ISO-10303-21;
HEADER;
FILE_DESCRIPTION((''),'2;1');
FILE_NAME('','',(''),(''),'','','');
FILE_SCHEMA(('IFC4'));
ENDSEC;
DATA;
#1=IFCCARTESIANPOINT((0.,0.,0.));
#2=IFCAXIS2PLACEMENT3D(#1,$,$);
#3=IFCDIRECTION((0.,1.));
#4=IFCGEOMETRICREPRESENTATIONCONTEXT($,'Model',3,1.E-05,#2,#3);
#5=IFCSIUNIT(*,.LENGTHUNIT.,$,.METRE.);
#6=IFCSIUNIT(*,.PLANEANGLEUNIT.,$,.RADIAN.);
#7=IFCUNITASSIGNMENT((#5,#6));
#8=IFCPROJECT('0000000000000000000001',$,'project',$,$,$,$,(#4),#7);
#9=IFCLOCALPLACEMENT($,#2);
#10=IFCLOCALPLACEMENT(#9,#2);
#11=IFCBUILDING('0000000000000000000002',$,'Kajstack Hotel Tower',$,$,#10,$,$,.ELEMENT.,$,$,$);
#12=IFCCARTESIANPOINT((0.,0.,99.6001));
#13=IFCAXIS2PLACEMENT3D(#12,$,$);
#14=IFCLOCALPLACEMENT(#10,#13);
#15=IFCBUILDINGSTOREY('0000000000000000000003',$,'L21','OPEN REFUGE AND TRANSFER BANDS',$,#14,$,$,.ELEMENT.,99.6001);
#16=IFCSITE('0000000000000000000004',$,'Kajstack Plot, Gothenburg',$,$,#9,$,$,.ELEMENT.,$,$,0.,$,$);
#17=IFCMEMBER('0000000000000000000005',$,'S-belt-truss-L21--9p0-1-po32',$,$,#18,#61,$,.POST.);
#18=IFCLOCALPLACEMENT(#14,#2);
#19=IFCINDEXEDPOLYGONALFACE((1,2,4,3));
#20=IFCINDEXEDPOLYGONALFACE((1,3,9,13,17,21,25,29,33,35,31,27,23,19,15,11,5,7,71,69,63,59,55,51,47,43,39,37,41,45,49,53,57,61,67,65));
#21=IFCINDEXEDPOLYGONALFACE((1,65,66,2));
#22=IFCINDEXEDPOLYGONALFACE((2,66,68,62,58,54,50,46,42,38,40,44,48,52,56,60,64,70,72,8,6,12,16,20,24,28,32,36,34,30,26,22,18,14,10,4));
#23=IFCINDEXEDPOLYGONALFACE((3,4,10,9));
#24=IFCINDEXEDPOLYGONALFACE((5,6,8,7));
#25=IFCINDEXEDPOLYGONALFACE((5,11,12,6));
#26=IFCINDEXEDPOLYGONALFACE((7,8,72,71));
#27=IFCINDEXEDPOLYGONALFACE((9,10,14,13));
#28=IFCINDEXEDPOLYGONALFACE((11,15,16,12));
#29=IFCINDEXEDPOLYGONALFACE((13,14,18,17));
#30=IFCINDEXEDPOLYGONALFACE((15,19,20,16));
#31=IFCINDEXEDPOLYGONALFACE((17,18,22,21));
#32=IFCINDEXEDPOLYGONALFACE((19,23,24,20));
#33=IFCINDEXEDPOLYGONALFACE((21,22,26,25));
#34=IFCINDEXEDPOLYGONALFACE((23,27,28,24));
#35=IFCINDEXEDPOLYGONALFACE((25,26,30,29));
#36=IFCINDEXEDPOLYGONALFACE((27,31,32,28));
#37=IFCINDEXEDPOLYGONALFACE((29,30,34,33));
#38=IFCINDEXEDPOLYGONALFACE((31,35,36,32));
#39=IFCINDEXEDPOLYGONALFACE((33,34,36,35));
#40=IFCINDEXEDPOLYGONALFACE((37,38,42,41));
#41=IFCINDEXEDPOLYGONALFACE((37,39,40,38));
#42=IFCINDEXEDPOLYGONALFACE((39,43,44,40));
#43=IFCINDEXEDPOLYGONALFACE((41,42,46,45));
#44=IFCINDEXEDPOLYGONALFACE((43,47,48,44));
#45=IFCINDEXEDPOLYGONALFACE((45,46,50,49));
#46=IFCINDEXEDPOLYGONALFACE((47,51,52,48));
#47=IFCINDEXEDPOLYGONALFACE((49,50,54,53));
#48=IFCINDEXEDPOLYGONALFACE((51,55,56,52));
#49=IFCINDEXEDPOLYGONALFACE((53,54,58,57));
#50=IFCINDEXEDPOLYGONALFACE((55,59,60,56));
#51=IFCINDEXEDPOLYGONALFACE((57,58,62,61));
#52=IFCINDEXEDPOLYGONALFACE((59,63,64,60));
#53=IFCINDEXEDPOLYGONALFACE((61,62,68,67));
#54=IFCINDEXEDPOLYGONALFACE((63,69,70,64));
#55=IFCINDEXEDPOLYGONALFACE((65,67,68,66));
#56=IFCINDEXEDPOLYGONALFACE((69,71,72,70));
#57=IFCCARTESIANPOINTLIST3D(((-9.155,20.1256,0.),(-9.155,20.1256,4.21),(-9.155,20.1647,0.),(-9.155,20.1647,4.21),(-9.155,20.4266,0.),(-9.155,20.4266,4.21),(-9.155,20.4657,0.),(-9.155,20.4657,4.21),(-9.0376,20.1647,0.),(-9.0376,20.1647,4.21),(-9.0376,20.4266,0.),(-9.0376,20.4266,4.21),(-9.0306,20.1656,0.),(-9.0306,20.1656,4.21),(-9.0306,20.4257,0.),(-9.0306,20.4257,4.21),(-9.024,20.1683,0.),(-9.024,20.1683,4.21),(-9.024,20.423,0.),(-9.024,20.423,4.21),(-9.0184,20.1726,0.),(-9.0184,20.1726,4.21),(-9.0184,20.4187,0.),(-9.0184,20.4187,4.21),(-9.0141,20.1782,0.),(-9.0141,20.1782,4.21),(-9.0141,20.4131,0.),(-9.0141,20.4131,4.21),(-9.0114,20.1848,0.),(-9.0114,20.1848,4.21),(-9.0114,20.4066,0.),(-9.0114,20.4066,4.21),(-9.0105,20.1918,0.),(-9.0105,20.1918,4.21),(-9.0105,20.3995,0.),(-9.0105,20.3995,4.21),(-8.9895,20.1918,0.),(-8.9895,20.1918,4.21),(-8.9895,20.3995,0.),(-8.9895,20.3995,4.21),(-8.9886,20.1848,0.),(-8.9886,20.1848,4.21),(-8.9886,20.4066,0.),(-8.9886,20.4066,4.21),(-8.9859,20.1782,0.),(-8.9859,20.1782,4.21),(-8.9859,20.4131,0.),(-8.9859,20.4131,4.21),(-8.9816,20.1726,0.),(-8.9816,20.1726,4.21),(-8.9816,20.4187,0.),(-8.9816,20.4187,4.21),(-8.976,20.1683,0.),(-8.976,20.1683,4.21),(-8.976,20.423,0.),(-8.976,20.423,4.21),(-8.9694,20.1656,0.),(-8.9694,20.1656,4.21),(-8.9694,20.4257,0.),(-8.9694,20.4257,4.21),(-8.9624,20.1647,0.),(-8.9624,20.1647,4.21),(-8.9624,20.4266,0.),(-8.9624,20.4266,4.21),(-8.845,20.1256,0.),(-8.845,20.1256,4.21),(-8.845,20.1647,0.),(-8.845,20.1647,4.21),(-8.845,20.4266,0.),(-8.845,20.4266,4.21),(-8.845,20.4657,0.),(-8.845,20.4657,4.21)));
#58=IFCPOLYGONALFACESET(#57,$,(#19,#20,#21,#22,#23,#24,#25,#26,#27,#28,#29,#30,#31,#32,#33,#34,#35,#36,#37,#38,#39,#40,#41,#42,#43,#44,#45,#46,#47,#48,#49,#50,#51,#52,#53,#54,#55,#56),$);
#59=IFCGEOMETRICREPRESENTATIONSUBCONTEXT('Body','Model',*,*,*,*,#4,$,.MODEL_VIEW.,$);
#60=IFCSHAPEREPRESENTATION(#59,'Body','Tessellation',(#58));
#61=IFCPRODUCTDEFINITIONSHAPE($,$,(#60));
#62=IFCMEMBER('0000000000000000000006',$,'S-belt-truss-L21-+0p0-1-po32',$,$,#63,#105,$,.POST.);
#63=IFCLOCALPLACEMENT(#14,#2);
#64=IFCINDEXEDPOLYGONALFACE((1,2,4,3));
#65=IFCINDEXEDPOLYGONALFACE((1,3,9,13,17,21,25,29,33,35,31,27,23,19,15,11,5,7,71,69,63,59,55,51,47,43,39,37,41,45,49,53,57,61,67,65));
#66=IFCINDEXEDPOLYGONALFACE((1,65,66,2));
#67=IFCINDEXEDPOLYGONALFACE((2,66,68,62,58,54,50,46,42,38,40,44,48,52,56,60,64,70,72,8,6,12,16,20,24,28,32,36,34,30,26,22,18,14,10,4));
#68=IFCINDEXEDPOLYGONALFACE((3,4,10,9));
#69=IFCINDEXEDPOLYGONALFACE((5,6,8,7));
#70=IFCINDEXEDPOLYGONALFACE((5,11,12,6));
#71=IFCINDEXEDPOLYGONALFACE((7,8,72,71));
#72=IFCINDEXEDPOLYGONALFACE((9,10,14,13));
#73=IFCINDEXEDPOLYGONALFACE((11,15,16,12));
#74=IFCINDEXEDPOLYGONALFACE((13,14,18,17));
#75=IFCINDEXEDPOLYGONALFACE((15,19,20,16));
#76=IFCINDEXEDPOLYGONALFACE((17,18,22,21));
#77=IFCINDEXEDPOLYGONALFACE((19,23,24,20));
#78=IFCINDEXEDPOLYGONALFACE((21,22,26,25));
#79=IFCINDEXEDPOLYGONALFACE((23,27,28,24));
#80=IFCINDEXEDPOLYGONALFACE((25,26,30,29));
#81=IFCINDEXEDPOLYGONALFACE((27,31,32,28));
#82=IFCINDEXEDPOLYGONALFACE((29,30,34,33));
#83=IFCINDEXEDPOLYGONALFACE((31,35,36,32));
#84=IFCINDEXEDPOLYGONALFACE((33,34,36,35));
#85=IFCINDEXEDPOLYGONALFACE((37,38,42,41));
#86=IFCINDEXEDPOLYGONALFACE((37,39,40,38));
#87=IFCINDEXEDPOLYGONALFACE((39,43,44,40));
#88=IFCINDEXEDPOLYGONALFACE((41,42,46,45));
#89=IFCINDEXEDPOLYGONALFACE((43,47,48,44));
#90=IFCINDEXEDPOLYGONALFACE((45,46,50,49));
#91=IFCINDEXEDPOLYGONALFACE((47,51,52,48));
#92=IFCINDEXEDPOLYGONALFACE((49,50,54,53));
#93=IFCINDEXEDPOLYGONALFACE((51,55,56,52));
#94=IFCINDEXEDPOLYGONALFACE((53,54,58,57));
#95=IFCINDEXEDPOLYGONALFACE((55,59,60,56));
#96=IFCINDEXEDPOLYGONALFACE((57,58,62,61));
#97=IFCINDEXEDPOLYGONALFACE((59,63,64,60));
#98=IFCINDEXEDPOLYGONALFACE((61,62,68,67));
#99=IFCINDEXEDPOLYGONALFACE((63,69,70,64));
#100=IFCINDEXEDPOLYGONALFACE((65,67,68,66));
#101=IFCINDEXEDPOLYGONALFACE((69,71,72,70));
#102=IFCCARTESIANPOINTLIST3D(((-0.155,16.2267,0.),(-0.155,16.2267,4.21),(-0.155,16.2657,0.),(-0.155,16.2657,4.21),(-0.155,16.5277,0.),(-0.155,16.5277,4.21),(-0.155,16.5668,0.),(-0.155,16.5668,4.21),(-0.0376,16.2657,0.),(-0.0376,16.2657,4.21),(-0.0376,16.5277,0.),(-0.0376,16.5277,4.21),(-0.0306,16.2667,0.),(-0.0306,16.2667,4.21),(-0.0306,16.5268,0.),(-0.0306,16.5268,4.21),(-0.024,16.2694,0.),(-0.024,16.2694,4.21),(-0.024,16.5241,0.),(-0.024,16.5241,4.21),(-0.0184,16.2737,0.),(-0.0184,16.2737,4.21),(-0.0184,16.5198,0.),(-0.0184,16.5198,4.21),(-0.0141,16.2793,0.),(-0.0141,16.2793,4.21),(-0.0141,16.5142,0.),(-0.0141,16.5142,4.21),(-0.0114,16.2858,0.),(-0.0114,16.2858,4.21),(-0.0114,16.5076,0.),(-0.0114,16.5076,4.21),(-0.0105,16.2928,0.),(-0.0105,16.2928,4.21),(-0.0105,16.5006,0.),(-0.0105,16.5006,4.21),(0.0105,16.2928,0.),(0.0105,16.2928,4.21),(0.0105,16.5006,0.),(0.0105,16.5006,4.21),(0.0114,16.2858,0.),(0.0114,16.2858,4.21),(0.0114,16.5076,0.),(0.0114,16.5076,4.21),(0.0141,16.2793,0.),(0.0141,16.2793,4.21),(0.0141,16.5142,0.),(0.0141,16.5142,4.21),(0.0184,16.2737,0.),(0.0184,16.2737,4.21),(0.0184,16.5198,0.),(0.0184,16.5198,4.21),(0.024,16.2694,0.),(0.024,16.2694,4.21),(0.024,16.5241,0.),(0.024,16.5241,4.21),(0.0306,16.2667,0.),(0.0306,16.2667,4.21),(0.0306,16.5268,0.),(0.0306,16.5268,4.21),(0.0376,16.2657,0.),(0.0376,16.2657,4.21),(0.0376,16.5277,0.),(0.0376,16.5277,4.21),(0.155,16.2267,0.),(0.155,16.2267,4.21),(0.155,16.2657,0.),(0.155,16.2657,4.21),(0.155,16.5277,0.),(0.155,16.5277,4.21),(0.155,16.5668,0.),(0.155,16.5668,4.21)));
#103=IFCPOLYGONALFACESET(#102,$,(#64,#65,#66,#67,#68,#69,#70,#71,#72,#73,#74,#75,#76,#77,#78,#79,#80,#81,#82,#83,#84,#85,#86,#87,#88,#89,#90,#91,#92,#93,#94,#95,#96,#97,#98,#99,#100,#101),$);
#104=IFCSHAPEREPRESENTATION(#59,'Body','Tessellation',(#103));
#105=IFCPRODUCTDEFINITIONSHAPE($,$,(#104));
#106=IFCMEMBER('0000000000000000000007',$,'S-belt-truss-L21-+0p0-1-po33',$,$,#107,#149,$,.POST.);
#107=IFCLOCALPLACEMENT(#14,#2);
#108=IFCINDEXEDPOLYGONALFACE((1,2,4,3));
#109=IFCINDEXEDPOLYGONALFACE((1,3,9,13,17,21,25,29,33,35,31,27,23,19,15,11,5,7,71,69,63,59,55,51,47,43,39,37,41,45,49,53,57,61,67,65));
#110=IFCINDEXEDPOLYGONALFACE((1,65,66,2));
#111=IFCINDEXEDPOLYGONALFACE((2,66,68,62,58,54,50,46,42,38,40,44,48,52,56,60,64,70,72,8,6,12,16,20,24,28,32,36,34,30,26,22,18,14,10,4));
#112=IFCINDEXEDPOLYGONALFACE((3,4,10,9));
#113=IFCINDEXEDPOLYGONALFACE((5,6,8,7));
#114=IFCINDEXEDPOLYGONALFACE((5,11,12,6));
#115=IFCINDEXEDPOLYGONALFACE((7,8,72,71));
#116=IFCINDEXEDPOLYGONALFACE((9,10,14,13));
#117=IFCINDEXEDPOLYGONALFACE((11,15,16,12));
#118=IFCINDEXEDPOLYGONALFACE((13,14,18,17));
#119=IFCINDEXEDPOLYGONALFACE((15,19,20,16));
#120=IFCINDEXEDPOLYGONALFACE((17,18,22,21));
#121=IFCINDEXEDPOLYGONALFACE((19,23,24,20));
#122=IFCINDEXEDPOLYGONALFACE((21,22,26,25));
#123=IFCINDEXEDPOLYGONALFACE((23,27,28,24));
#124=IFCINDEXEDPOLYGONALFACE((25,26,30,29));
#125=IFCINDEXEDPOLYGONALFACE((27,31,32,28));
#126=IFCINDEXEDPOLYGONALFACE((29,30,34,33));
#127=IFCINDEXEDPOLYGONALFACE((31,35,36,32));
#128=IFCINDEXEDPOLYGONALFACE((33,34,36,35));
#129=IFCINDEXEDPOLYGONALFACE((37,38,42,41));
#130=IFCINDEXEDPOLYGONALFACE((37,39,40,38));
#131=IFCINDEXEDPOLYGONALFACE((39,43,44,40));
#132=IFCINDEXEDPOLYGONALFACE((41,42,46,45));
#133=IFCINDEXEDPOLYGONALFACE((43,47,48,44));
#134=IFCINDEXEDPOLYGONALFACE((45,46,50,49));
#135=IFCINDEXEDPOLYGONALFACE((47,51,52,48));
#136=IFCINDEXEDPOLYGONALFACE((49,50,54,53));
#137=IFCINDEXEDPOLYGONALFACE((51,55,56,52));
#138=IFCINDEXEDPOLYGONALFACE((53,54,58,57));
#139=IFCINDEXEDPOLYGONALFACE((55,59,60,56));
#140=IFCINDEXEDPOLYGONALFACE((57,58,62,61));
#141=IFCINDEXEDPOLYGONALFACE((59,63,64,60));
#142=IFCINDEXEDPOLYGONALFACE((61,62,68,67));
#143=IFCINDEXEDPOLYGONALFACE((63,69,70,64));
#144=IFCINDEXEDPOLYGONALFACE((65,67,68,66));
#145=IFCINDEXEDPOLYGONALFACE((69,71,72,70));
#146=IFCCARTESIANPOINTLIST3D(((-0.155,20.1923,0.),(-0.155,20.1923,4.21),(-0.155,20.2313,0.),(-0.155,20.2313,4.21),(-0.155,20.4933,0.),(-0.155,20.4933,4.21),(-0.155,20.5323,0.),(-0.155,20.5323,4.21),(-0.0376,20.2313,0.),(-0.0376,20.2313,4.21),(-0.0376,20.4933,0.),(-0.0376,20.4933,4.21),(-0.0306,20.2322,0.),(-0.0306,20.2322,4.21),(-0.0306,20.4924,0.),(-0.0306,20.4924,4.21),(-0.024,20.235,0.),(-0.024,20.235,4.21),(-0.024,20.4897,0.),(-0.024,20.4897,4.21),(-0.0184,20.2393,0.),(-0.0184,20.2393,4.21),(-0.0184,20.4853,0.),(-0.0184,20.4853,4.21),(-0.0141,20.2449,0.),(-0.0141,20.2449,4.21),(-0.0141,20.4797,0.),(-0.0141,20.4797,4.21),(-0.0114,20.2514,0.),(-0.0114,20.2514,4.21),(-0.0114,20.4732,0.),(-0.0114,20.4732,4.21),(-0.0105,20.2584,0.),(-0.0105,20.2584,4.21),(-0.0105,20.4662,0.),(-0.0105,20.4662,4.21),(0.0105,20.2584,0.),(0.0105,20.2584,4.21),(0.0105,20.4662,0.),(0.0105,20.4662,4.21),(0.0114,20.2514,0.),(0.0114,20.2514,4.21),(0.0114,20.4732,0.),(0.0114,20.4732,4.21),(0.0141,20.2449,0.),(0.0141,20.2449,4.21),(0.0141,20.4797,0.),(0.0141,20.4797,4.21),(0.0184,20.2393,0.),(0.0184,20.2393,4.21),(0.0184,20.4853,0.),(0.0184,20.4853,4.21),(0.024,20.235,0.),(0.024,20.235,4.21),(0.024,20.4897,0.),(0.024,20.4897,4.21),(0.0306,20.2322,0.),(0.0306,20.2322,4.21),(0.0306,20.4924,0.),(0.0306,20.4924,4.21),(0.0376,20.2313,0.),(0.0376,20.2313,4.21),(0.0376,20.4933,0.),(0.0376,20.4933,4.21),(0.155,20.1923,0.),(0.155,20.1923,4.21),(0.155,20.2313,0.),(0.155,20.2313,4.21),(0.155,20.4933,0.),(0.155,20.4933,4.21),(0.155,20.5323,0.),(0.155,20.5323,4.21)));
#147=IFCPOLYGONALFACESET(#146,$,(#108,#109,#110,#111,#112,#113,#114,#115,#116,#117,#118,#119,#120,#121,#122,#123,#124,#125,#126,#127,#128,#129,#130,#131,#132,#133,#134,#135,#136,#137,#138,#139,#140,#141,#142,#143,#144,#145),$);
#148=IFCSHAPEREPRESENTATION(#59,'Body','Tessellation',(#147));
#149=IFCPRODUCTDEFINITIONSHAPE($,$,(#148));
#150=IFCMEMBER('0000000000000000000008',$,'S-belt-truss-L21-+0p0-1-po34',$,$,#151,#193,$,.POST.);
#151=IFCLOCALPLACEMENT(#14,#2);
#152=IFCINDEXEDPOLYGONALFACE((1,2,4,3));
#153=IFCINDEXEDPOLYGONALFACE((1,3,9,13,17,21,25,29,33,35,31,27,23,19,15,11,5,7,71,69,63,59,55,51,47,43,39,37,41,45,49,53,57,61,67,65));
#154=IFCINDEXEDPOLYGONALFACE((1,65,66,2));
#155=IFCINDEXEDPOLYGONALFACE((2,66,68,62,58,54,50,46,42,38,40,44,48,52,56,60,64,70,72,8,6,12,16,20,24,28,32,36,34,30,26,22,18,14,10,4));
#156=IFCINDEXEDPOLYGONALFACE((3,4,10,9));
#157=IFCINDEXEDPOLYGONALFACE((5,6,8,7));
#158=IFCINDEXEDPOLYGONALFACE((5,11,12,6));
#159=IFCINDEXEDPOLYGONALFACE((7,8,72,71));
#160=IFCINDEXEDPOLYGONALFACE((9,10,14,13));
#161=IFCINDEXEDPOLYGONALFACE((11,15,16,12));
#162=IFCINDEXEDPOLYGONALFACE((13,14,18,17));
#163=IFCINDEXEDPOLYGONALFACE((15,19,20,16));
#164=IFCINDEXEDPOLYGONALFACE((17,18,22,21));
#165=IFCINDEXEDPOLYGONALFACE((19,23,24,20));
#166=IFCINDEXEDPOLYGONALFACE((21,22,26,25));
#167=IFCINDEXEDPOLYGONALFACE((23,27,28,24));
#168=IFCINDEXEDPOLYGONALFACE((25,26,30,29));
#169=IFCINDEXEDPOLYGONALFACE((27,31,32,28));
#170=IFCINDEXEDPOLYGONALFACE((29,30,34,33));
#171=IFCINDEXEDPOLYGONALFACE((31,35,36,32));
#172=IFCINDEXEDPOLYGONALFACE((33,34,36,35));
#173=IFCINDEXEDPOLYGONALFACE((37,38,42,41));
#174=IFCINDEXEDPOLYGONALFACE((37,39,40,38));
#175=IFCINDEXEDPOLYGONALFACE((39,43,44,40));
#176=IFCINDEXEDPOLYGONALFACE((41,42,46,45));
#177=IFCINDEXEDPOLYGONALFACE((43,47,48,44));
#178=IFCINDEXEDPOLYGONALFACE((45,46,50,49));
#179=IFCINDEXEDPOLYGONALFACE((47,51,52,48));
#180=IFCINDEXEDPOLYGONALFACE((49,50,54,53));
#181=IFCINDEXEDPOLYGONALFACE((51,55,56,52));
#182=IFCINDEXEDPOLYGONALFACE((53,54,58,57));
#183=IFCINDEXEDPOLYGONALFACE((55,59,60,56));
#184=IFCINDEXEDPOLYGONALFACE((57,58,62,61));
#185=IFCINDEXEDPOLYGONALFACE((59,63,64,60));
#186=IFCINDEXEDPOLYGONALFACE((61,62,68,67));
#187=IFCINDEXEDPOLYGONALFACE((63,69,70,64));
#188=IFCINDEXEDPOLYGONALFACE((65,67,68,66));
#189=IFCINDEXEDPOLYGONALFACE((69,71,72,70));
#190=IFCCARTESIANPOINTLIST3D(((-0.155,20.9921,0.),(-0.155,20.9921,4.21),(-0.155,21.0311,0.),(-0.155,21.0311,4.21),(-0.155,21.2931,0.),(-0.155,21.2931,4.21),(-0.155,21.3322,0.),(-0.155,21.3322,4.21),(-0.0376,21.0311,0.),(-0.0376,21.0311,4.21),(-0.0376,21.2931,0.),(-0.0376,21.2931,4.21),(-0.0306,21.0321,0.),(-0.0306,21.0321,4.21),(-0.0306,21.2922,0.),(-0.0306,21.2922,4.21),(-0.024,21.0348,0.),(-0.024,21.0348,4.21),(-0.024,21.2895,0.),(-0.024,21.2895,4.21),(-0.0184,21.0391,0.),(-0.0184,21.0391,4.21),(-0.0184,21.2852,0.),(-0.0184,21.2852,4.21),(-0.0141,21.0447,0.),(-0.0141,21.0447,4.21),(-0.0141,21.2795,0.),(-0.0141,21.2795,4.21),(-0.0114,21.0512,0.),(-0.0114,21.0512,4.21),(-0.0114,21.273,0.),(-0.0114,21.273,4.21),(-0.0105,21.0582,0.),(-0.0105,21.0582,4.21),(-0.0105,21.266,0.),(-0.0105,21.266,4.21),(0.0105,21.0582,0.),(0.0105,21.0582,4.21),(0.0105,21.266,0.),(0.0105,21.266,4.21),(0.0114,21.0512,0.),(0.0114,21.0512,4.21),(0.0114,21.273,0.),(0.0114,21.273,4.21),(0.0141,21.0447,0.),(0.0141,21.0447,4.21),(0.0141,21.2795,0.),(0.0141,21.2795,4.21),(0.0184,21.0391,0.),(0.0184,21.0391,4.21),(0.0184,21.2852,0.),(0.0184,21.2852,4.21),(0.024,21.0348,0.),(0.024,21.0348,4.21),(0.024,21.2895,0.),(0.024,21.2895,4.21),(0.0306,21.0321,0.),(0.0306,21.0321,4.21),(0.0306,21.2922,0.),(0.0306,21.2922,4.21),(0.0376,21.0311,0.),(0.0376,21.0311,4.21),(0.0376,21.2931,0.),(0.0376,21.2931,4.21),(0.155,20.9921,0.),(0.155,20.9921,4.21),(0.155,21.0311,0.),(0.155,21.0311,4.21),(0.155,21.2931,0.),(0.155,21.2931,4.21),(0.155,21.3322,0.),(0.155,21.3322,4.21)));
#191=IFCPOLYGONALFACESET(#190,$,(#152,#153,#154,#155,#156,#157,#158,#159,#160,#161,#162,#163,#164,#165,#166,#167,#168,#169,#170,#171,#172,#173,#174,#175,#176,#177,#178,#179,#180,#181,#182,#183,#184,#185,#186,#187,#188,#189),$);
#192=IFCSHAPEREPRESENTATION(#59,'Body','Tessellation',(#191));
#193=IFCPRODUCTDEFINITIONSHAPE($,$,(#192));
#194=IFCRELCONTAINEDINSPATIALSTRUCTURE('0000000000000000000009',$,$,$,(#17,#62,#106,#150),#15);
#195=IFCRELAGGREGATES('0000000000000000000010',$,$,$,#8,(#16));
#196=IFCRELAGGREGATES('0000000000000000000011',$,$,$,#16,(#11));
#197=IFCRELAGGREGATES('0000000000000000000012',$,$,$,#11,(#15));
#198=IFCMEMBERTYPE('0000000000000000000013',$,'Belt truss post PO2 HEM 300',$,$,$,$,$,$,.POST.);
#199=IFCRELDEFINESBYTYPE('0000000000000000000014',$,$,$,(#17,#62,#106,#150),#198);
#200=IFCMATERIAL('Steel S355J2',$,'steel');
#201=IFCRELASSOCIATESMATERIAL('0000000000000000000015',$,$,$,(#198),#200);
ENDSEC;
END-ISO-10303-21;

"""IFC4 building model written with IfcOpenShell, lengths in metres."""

from ifc_helpers import new_model, si_unit, direction, frame, origin, origin_2d, place, context, subcontext, project, spatial, i_section, extrude, material, material_profile, profile_set, type_object, element, save


model = new_model("IFC4")

# Units and contexts
model_context = context("Model", 3, precision=1e-05, world=origin(), true_north=direction((0.0, 1.0)))
body_context = subcontext(model_context, "Body", "Model", "MODEL_VIEW")
ifc_project = project(units=[si_unit("LENGTHUNIT", "METRE"), si_unit("PLANEANGLEUNIT", "RADIAN")], contexts=[model_context])

# Site, building, storey
site_placement = place(None, origin())
site = spatial("IfcSite", under=ifc_project, at=site_placement, Name="Kajstack Plot, Gothenburg", CompositionType="ELEMENT", RefElevation=0.0)
building_placement = place(site_placement, origin())
building = spatial("IfcBuilding", under=site, at=building_placement, Name="Kajstack Hotel Tower", CompositionType="ELEMENT")
storey_placement = place(building_placement, frame((0.0, 0.0, 99.6001)))
storey = spatial("IfcBuildingStorey", under=building, at=storey_placement, Name="L21", Description="OPEN REFUGE AND TRANSFER BANDS", CompositionType="ELEMENT", Elevation=99.6001)

# Members
ifc_material = material(Name="Steel S355J2", Category="steel")
ifc_material_profile_1 = material_profile(ifc_material, i_section(OverallWidth=0.3101, OverallDepth=0.3401, WebThickness=0.021, FlangeThickness=0.0391, FilletRadius=0.0271, at=origin_2d()), Name="HEM 300")
ifc_profile_set_1 = profile_set([ifc_material_profile_1], Name="Steel S355J2")
member_type_1 = type_object("IfcMemberType", Name="Belt truss post PO2 HEM 300", PredefinedType="POST", material=ifc_profile_set_1)
for number, where, z_axis, x_axis, name in (
    (1, (-9.0, 20.2957, 0.0), (0.0, 0.0, 1.0), (1.0, 0.0, 0.0), "S-belt-truss-L21--9p0-1-po32"),
    (2, (0.0, 16.3967, 0.0), (0.0, 0.0, 1.0), (1.0, 0.0, 0.0), "S-belt-truss-L21-+0p0-1-po32"),
    (3, (0.0, 20.3623, 0.0), (0.0, 0.0, 1.0), (1.0, 0.0, 0.0), "S-belt-truss-L21-+0p0-1-po33"),
    (4, (0.0, 21.1621, 0.0), (0.0, 0.0, 1.0), (1.0, 0.0, 0.0), "S-belt-truss-L21-+0p0-1-po34"),
):
    element("IfcMember", number, at=place(storey_placement, frame(where, z_axis=z_axis, x_axis=x_axis)), inside=storey, type_object=member_type_1, Name=name, PredefinedType="POST", context=body_context, shape_type="SweptSolid", body=[
        extrude(i_section(OverallWidth=0.3101, OverallDepth=0.3401, WebThickness=0.021, FlangeThickness=0.0391, FilletRadius=0.0271, at=origin_2d()), origin(), (0.0, 0.0, 1.0), 4.21),
    ])

save(model, "model.ifc")
